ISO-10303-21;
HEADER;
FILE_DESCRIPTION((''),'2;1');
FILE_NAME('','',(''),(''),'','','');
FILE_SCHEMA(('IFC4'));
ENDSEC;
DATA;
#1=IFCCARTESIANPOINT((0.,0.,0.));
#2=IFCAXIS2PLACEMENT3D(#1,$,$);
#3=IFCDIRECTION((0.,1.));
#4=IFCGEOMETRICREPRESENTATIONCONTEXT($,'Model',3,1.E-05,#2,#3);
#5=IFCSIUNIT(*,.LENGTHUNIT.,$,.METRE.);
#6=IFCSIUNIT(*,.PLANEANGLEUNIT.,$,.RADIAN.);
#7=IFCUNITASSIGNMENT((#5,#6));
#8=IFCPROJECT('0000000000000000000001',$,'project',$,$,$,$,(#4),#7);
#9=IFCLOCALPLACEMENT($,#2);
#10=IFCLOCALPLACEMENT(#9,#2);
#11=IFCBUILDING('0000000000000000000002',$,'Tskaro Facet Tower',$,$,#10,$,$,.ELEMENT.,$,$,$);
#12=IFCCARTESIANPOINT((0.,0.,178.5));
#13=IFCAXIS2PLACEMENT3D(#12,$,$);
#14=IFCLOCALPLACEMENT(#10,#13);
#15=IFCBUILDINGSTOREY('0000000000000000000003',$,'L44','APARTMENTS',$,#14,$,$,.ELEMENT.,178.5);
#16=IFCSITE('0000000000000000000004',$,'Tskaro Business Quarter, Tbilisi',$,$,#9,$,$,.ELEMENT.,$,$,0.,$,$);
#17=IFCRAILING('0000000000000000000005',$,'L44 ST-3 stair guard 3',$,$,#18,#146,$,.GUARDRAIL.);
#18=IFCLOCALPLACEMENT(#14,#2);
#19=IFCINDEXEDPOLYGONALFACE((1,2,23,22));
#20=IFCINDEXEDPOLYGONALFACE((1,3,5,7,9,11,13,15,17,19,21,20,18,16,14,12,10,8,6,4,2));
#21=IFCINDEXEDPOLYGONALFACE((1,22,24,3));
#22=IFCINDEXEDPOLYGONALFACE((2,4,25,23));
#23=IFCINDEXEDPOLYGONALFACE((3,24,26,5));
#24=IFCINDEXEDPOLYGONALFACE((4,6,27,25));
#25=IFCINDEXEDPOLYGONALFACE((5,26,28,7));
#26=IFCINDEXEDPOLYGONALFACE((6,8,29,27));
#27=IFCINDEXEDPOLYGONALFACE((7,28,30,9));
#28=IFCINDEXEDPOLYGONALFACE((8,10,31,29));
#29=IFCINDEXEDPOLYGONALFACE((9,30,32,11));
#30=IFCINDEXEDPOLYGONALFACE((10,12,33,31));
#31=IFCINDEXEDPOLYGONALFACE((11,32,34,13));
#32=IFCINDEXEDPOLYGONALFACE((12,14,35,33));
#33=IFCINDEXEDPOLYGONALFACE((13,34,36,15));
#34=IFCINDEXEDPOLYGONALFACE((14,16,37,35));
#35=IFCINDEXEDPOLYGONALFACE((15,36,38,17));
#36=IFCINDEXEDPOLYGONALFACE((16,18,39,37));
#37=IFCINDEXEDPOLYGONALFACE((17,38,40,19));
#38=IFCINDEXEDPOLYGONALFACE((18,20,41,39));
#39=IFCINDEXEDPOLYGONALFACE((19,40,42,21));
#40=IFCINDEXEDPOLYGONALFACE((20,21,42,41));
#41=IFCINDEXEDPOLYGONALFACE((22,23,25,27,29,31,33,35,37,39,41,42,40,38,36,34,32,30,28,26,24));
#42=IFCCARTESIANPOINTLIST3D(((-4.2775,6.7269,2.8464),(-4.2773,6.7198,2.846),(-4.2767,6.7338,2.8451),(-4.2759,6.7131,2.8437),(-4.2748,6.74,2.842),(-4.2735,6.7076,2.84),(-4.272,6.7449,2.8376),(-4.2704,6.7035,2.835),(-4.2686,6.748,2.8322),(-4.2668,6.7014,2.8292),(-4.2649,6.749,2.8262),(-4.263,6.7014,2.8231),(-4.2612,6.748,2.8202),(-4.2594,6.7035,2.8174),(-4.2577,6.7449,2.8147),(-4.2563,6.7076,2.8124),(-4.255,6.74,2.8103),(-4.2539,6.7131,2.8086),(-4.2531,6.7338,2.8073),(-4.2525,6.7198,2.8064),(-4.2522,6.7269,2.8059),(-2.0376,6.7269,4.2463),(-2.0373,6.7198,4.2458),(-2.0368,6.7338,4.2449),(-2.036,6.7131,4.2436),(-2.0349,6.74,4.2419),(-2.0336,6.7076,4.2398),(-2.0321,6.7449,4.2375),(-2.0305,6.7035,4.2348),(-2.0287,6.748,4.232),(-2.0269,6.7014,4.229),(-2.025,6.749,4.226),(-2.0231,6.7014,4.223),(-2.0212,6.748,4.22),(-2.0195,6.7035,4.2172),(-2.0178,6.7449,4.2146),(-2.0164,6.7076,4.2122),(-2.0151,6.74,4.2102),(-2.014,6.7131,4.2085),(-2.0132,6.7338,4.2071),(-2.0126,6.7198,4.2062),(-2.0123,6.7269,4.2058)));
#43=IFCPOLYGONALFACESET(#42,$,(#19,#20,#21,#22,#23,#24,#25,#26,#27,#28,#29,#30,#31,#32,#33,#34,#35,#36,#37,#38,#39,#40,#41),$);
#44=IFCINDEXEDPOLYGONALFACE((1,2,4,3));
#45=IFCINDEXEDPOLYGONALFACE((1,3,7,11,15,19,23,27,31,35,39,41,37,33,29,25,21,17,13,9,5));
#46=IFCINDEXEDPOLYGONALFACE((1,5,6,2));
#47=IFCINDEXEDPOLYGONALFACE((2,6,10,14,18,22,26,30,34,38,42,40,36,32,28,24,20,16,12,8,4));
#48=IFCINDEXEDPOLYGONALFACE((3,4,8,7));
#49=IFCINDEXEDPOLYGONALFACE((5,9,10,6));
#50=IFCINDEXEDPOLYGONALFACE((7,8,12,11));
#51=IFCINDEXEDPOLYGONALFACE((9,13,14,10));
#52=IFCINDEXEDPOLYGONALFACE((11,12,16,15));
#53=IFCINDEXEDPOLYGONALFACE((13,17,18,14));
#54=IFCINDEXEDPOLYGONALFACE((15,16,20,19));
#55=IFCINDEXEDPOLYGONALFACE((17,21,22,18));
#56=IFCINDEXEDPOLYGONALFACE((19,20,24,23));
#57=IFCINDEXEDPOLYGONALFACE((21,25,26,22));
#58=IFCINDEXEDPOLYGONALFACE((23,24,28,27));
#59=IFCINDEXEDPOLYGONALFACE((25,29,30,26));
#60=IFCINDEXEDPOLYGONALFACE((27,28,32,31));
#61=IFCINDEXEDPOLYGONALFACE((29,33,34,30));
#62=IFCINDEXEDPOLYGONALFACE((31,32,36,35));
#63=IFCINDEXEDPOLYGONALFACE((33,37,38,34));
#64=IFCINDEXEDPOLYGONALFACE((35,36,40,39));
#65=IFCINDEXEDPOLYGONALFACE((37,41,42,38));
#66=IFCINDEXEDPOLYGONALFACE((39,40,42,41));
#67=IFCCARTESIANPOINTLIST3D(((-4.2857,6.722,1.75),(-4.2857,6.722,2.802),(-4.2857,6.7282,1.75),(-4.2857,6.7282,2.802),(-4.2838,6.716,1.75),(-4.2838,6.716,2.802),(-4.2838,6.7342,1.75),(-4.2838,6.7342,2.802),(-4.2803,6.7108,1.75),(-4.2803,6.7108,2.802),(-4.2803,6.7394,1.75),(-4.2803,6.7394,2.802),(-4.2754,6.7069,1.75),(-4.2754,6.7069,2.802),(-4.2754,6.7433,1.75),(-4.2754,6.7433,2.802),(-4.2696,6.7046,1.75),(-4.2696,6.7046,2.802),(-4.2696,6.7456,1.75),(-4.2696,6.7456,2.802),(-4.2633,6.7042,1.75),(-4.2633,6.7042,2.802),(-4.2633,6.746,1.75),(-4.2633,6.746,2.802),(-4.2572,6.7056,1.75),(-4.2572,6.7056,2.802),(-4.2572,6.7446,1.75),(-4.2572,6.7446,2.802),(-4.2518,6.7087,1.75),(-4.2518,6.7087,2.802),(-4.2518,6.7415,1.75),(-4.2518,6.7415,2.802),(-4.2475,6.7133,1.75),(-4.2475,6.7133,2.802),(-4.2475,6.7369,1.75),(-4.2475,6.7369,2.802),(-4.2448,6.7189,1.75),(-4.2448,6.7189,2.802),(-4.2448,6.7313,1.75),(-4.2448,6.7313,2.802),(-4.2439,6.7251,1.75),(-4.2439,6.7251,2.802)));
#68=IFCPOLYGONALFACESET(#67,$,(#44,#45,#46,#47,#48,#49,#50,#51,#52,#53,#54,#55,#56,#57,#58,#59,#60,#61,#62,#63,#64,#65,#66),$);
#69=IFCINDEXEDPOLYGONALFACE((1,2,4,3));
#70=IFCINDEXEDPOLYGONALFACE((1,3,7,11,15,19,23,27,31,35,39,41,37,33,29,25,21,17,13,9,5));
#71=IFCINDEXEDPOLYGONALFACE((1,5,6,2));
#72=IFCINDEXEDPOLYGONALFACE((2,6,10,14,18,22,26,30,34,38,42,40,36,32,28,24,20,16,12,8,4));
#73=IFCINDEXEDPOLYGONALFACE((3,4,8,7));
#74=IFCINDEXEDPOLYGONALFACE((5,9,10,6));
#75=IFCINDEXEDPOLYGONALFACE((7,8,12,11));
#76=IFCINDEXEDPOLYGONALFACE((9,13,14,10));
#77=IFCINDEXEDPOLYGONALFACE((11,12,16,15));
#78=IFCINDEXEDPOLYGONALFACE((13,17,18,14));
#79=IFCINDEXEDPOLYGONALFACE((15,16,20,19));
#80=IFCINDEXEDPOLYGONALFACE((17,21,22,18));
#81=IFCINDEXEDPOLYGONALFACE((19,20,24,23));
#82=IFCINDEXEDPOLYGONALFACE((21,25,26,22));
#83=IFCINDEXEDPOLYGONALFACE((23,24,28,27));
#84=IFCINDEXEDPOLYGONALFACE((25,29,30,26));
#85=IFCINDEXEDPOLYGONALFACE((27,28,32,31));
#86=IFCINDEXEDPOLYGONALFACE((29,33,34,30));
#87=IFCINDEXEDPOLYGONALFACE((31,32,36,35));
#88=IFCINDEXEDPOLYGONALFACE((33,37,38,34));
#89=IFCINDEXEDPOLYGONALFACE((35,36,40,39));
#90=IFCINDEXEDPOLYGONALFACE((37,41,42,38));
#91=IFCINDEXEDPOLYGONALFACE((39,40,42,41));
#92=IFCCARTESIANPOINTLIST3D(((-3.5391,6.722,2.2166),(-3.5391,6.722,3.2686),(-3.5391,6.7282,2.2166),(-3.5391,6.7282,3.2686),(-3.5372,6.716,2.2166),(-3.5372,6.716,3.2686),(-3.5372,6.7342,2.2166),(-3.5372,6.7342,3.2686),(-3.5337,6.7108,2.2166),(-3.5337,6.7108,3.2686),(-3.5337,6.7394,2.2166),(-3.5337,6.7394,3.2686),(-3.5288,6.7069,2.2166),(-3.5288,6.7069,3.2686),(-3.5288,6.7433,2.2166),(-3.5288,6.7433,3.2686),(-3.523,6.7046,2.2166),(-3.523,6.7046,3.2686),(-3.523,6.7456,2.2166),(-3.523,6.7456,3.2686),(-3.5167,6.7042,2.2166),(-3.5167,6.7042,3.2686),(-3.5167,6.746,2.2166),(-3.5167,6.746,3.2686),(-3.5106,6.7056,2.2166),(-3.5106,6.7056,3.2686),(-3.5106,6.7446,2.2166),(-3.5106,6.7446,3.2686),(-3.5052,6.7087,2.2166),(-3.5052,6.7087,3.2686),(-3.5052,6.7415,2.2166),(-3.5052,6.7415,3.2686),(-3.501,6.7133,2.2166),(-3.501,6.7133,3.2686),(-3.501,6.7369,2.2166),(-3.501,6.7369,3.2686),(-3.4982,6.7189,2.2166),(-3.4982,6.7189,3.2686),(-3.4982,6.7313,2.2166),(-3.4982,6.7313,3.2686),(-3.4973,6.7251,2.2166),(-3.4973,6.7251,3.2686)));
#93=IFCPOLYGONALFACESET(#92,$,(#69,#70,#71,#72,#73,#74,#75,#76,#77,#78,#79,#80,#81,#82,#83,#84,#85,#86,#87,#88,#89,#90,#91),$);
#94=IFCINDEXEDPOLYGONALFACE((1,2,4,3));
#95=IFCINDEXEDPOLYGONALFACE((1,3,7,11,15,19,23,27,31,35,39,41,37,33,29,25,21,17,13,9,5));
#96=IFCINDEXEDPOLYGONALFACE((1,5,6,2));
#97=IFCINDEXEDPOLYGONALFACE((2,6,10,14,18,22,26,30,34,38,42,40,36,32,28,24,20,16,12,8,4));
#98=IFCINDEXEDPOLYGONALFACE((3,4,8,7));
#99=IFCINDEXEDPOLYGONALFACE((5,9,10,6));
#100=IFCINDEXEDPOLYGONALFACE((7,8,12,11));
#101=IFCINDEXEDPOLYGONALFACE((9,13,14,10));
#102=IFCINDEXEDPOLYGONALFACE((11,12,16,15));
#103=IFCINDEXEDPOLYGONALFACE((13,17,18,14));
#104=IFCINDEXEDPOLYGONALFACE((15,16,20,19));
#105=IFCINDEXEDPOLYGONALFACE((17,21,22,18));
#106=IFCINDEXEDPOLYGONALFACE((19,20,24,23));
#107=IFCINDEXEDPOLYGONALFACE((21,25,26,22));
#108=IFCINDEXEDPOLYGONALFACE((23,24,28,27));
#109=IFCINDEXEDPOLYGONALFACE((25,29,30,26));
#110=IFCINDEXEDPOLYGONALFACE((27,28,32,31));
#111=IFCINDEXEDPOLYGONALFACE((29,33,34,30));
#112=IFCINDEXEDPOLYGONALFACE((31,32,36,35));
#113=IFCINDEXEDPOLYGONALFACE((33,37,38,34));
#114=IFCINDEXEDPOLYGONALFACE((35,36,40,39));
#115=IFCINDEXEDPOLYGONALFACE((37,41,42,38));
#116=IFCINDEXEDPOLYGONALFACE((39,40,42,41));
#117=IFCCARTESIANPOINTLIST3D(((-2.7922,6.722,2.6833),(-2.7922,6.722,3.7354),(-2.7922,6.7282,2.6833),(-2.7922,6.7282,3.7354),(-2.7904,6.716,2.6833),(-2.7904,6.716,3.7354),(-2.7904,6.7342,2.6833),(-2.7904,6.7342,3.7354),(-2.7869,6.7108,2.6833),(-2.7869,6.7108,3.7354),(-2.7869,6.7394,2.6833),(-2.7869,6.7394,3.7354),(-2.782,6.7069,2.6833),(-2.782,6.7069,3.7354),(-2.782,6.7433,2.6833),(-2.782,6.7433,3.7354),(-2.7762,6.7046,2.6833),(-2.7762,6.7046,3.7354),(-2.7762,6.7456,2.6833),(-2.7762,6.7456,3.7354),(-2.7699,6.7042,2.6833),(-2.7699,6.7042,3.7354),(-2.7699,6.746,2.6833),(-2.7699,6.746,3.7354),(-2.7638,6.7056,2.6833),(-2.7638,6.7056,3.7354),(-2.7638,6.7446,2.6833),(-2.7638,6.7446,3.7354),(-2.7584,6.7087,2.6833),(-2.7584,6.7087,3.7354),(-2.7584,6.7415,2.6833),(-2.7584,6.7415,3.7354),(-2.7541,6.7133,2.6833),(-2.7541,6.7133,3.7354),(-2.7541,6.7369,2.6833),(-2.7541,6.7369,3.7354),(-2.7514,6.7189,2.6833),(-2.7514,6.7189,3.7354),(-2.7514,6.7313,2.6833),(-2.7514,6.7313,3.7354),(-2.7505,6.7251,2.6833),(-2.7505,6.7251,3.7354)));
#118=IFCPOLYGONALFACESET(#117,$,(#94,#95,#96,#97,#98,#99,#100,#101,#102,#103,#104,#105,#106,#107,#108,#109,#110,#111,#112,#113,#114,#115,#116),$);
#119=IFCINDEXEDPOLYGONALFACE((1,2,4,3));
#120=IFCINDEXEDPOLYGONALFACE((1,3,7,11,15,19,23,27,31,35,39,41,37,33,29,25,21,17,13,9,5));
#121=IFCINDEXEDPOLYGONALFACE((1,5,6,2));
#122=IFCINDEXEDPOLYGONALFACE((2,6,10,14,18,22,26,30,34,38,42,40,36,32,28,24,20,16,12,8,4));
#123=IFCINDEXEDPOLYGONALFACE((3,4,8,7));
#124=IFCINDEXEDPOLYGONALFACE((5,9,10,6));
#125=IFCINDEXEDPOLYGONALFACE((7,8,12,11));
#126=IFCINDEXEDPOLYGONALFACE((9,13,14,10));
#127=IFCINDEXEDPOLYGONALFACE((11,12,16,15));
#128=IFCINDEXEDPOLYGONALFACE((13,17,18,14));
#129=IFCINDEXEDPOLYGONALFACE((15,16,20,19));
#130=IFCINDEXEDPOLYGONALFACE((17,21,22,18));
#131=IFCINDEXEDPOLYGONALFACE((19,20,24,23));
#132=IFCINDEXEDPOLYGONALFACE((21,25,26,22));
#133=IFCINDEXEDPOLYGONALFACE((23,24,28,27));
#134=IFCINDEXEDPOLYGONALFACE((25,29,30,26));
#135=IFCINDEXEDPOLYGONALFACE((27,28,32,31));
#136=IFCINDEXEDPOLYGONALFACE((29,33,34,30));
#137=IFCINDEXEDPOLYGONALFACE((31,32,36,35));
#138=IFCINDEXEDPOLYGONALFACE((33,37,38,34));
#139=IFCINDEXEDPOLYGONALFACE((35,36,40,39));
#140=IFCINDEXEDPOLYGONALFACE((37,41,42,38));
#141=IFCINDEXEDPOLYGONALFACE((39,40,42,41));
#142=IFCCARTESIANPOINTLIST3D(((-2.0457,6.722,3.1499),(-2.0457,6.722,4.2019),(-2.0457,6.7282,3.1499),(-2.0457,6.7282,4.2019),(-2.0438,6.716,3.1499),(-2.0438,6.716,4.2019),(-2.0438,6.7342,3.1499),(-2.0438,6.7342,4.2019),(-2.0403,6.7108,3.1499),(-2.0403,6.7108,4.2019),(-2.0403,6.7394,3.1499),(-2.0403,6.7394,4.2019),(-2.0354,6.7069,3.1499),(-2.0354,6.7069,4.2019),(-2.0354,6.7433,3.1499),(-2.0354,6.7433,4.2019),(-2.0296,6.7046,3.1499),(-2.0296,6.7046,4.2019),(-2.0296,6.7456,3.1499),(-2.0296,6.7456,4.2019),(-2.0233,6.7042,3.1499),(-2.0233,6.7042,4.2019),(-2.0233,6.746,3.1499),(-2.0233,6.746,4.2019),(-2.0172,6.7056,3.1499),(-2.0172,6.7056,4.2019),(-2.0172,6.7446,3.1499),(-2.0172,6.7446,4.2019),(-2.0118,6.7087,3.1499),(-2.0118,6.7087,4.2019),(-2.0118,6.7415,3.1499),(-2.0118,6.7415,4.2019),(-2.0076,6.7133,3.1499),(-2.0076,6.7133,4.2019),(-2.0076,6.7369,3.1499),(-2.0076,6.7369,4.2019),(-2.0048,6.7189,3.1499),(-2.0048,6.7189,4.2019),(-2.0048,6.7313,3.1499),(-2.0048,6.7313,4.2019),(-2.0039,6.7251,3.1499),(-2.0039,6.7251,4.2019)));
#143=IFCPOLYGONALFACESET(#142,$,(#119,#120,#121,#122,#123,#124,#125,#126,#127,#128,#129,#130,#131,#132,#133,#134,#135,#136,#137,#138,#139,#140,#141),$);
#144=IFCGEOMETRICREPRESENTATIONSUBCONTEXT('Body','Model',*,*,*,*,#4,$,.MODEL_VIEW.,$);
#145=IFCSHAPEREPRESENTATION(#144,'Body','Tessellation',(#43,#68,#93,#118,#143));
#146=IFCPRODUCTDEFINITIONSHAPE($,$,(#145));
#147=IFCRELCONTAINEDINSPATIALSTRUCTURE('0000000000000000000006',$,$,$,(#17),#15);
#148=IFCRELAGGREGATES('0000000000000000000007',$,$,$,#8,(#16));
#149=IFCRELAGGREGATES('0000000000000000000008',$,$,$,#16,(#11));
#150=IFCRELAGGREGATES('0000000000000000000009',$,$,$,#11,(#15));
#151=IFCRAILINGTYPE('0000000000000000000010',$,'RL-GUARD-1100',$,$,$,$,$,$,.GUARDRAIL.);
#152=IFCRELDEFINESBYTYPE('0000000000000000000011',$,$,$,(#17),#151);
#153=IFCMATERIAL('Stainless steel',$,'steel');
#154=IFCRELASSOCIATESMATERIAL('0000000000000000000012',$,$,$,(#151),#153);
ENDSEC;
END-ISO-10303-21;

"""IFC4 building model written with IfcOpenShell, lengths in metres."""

from ifc_helpers import new_model, si_unit, direction, frame, origin, origin_2d, place, context, subcontext, project, spatial, circle, extrude, material, type_object, element, save


model = new_model("IFC4")

# Units and contexts
model_context = context("Model", 3, precision=1e-05, world=origin(), true_north=direction((0.0, 1.0)))
body_context = subcontext(model_context, "Body", "Model", "MODEL_VIEW")
ifc_project = project(units=[si_unit("LENGTHUNIT", "METRE"), si_unit("PLANEANGLEUNIT", "RADIAN")], contexts=[model_context])

# Site, building, storey
site_placement = place(None, origin())
site = spatial("IfcSite", under=ifc_project, at=site_placement, Name="Tskaro Business Quarter, Tbilisi", CompositionType="ELEMENT", RefElevation=0.0)
building_placement = place(site_placement, origin())
building = spatial("IfcBuilding", under=site, at=building_placement, Name="Tskaro Facet Tower", CompositionType="ELEMENT")
storey_placement = place(building_placement, frame((0.0, 0.0, 178.5)))
storey = spatial("IfcBuildingStorey", under=building, at=storey_placement, Name="L44", Description="APARTMENTS", CompositionType="ELEMENT", Elevation=178.5)

# Railing
ifc_material_1 = material(Name="Stainless steel", Category="steel")
railing_type_1 = type_object("IfcRailingType", Name="RL-GUARD-1100", PredefinedType="GUARDRAIL", material=ifc_material_1)
railing_1_placement = place(storey_placement, frame((-4.2649, 6.7251, 1.75)))
element("IfcRailing", 1, at=railing_1_placement, inside=storey, type_object=railing_type_1, Name="L44 ST-3 stair guard 3", PredefinedType="GUARDRAIL", context=body_context, shape_type="SweptSolid", body=[
    extrude(circle(Radius=0.0239, at=origin_2d()), frame((0.0, 0.0, 1.0762), z_axis=(0.848014, 0.0, 0.529974), x_axis=(0.0, 1.0, 0.0)), (0.0, 0.0, 1.0), 2.6414),
    extrude(circle(Radius=0.021, at=origin_2d()), origin(), (0.0, 0.0, 1.0), 1.052),
    extrude(circle(Radius=0.021, at=origin_2d()), frame((0.7466, 0.0, 0.4666)), (0.0, 0.0, 1.0), 1.052),
    extrude(circle(Radius=0.021, at=origin_2d()), frame((1.4934, 0.0, 0.9333)), (0.0, 0.0, 1.0), 1.052),
    extrude(circle(Radius=0.021, at=origin_2d()), frame((2.24, 0.0, 1.3999)), (0.0, 0.0, 1.0), 1.052),
])

save(model, "model.ifc")
